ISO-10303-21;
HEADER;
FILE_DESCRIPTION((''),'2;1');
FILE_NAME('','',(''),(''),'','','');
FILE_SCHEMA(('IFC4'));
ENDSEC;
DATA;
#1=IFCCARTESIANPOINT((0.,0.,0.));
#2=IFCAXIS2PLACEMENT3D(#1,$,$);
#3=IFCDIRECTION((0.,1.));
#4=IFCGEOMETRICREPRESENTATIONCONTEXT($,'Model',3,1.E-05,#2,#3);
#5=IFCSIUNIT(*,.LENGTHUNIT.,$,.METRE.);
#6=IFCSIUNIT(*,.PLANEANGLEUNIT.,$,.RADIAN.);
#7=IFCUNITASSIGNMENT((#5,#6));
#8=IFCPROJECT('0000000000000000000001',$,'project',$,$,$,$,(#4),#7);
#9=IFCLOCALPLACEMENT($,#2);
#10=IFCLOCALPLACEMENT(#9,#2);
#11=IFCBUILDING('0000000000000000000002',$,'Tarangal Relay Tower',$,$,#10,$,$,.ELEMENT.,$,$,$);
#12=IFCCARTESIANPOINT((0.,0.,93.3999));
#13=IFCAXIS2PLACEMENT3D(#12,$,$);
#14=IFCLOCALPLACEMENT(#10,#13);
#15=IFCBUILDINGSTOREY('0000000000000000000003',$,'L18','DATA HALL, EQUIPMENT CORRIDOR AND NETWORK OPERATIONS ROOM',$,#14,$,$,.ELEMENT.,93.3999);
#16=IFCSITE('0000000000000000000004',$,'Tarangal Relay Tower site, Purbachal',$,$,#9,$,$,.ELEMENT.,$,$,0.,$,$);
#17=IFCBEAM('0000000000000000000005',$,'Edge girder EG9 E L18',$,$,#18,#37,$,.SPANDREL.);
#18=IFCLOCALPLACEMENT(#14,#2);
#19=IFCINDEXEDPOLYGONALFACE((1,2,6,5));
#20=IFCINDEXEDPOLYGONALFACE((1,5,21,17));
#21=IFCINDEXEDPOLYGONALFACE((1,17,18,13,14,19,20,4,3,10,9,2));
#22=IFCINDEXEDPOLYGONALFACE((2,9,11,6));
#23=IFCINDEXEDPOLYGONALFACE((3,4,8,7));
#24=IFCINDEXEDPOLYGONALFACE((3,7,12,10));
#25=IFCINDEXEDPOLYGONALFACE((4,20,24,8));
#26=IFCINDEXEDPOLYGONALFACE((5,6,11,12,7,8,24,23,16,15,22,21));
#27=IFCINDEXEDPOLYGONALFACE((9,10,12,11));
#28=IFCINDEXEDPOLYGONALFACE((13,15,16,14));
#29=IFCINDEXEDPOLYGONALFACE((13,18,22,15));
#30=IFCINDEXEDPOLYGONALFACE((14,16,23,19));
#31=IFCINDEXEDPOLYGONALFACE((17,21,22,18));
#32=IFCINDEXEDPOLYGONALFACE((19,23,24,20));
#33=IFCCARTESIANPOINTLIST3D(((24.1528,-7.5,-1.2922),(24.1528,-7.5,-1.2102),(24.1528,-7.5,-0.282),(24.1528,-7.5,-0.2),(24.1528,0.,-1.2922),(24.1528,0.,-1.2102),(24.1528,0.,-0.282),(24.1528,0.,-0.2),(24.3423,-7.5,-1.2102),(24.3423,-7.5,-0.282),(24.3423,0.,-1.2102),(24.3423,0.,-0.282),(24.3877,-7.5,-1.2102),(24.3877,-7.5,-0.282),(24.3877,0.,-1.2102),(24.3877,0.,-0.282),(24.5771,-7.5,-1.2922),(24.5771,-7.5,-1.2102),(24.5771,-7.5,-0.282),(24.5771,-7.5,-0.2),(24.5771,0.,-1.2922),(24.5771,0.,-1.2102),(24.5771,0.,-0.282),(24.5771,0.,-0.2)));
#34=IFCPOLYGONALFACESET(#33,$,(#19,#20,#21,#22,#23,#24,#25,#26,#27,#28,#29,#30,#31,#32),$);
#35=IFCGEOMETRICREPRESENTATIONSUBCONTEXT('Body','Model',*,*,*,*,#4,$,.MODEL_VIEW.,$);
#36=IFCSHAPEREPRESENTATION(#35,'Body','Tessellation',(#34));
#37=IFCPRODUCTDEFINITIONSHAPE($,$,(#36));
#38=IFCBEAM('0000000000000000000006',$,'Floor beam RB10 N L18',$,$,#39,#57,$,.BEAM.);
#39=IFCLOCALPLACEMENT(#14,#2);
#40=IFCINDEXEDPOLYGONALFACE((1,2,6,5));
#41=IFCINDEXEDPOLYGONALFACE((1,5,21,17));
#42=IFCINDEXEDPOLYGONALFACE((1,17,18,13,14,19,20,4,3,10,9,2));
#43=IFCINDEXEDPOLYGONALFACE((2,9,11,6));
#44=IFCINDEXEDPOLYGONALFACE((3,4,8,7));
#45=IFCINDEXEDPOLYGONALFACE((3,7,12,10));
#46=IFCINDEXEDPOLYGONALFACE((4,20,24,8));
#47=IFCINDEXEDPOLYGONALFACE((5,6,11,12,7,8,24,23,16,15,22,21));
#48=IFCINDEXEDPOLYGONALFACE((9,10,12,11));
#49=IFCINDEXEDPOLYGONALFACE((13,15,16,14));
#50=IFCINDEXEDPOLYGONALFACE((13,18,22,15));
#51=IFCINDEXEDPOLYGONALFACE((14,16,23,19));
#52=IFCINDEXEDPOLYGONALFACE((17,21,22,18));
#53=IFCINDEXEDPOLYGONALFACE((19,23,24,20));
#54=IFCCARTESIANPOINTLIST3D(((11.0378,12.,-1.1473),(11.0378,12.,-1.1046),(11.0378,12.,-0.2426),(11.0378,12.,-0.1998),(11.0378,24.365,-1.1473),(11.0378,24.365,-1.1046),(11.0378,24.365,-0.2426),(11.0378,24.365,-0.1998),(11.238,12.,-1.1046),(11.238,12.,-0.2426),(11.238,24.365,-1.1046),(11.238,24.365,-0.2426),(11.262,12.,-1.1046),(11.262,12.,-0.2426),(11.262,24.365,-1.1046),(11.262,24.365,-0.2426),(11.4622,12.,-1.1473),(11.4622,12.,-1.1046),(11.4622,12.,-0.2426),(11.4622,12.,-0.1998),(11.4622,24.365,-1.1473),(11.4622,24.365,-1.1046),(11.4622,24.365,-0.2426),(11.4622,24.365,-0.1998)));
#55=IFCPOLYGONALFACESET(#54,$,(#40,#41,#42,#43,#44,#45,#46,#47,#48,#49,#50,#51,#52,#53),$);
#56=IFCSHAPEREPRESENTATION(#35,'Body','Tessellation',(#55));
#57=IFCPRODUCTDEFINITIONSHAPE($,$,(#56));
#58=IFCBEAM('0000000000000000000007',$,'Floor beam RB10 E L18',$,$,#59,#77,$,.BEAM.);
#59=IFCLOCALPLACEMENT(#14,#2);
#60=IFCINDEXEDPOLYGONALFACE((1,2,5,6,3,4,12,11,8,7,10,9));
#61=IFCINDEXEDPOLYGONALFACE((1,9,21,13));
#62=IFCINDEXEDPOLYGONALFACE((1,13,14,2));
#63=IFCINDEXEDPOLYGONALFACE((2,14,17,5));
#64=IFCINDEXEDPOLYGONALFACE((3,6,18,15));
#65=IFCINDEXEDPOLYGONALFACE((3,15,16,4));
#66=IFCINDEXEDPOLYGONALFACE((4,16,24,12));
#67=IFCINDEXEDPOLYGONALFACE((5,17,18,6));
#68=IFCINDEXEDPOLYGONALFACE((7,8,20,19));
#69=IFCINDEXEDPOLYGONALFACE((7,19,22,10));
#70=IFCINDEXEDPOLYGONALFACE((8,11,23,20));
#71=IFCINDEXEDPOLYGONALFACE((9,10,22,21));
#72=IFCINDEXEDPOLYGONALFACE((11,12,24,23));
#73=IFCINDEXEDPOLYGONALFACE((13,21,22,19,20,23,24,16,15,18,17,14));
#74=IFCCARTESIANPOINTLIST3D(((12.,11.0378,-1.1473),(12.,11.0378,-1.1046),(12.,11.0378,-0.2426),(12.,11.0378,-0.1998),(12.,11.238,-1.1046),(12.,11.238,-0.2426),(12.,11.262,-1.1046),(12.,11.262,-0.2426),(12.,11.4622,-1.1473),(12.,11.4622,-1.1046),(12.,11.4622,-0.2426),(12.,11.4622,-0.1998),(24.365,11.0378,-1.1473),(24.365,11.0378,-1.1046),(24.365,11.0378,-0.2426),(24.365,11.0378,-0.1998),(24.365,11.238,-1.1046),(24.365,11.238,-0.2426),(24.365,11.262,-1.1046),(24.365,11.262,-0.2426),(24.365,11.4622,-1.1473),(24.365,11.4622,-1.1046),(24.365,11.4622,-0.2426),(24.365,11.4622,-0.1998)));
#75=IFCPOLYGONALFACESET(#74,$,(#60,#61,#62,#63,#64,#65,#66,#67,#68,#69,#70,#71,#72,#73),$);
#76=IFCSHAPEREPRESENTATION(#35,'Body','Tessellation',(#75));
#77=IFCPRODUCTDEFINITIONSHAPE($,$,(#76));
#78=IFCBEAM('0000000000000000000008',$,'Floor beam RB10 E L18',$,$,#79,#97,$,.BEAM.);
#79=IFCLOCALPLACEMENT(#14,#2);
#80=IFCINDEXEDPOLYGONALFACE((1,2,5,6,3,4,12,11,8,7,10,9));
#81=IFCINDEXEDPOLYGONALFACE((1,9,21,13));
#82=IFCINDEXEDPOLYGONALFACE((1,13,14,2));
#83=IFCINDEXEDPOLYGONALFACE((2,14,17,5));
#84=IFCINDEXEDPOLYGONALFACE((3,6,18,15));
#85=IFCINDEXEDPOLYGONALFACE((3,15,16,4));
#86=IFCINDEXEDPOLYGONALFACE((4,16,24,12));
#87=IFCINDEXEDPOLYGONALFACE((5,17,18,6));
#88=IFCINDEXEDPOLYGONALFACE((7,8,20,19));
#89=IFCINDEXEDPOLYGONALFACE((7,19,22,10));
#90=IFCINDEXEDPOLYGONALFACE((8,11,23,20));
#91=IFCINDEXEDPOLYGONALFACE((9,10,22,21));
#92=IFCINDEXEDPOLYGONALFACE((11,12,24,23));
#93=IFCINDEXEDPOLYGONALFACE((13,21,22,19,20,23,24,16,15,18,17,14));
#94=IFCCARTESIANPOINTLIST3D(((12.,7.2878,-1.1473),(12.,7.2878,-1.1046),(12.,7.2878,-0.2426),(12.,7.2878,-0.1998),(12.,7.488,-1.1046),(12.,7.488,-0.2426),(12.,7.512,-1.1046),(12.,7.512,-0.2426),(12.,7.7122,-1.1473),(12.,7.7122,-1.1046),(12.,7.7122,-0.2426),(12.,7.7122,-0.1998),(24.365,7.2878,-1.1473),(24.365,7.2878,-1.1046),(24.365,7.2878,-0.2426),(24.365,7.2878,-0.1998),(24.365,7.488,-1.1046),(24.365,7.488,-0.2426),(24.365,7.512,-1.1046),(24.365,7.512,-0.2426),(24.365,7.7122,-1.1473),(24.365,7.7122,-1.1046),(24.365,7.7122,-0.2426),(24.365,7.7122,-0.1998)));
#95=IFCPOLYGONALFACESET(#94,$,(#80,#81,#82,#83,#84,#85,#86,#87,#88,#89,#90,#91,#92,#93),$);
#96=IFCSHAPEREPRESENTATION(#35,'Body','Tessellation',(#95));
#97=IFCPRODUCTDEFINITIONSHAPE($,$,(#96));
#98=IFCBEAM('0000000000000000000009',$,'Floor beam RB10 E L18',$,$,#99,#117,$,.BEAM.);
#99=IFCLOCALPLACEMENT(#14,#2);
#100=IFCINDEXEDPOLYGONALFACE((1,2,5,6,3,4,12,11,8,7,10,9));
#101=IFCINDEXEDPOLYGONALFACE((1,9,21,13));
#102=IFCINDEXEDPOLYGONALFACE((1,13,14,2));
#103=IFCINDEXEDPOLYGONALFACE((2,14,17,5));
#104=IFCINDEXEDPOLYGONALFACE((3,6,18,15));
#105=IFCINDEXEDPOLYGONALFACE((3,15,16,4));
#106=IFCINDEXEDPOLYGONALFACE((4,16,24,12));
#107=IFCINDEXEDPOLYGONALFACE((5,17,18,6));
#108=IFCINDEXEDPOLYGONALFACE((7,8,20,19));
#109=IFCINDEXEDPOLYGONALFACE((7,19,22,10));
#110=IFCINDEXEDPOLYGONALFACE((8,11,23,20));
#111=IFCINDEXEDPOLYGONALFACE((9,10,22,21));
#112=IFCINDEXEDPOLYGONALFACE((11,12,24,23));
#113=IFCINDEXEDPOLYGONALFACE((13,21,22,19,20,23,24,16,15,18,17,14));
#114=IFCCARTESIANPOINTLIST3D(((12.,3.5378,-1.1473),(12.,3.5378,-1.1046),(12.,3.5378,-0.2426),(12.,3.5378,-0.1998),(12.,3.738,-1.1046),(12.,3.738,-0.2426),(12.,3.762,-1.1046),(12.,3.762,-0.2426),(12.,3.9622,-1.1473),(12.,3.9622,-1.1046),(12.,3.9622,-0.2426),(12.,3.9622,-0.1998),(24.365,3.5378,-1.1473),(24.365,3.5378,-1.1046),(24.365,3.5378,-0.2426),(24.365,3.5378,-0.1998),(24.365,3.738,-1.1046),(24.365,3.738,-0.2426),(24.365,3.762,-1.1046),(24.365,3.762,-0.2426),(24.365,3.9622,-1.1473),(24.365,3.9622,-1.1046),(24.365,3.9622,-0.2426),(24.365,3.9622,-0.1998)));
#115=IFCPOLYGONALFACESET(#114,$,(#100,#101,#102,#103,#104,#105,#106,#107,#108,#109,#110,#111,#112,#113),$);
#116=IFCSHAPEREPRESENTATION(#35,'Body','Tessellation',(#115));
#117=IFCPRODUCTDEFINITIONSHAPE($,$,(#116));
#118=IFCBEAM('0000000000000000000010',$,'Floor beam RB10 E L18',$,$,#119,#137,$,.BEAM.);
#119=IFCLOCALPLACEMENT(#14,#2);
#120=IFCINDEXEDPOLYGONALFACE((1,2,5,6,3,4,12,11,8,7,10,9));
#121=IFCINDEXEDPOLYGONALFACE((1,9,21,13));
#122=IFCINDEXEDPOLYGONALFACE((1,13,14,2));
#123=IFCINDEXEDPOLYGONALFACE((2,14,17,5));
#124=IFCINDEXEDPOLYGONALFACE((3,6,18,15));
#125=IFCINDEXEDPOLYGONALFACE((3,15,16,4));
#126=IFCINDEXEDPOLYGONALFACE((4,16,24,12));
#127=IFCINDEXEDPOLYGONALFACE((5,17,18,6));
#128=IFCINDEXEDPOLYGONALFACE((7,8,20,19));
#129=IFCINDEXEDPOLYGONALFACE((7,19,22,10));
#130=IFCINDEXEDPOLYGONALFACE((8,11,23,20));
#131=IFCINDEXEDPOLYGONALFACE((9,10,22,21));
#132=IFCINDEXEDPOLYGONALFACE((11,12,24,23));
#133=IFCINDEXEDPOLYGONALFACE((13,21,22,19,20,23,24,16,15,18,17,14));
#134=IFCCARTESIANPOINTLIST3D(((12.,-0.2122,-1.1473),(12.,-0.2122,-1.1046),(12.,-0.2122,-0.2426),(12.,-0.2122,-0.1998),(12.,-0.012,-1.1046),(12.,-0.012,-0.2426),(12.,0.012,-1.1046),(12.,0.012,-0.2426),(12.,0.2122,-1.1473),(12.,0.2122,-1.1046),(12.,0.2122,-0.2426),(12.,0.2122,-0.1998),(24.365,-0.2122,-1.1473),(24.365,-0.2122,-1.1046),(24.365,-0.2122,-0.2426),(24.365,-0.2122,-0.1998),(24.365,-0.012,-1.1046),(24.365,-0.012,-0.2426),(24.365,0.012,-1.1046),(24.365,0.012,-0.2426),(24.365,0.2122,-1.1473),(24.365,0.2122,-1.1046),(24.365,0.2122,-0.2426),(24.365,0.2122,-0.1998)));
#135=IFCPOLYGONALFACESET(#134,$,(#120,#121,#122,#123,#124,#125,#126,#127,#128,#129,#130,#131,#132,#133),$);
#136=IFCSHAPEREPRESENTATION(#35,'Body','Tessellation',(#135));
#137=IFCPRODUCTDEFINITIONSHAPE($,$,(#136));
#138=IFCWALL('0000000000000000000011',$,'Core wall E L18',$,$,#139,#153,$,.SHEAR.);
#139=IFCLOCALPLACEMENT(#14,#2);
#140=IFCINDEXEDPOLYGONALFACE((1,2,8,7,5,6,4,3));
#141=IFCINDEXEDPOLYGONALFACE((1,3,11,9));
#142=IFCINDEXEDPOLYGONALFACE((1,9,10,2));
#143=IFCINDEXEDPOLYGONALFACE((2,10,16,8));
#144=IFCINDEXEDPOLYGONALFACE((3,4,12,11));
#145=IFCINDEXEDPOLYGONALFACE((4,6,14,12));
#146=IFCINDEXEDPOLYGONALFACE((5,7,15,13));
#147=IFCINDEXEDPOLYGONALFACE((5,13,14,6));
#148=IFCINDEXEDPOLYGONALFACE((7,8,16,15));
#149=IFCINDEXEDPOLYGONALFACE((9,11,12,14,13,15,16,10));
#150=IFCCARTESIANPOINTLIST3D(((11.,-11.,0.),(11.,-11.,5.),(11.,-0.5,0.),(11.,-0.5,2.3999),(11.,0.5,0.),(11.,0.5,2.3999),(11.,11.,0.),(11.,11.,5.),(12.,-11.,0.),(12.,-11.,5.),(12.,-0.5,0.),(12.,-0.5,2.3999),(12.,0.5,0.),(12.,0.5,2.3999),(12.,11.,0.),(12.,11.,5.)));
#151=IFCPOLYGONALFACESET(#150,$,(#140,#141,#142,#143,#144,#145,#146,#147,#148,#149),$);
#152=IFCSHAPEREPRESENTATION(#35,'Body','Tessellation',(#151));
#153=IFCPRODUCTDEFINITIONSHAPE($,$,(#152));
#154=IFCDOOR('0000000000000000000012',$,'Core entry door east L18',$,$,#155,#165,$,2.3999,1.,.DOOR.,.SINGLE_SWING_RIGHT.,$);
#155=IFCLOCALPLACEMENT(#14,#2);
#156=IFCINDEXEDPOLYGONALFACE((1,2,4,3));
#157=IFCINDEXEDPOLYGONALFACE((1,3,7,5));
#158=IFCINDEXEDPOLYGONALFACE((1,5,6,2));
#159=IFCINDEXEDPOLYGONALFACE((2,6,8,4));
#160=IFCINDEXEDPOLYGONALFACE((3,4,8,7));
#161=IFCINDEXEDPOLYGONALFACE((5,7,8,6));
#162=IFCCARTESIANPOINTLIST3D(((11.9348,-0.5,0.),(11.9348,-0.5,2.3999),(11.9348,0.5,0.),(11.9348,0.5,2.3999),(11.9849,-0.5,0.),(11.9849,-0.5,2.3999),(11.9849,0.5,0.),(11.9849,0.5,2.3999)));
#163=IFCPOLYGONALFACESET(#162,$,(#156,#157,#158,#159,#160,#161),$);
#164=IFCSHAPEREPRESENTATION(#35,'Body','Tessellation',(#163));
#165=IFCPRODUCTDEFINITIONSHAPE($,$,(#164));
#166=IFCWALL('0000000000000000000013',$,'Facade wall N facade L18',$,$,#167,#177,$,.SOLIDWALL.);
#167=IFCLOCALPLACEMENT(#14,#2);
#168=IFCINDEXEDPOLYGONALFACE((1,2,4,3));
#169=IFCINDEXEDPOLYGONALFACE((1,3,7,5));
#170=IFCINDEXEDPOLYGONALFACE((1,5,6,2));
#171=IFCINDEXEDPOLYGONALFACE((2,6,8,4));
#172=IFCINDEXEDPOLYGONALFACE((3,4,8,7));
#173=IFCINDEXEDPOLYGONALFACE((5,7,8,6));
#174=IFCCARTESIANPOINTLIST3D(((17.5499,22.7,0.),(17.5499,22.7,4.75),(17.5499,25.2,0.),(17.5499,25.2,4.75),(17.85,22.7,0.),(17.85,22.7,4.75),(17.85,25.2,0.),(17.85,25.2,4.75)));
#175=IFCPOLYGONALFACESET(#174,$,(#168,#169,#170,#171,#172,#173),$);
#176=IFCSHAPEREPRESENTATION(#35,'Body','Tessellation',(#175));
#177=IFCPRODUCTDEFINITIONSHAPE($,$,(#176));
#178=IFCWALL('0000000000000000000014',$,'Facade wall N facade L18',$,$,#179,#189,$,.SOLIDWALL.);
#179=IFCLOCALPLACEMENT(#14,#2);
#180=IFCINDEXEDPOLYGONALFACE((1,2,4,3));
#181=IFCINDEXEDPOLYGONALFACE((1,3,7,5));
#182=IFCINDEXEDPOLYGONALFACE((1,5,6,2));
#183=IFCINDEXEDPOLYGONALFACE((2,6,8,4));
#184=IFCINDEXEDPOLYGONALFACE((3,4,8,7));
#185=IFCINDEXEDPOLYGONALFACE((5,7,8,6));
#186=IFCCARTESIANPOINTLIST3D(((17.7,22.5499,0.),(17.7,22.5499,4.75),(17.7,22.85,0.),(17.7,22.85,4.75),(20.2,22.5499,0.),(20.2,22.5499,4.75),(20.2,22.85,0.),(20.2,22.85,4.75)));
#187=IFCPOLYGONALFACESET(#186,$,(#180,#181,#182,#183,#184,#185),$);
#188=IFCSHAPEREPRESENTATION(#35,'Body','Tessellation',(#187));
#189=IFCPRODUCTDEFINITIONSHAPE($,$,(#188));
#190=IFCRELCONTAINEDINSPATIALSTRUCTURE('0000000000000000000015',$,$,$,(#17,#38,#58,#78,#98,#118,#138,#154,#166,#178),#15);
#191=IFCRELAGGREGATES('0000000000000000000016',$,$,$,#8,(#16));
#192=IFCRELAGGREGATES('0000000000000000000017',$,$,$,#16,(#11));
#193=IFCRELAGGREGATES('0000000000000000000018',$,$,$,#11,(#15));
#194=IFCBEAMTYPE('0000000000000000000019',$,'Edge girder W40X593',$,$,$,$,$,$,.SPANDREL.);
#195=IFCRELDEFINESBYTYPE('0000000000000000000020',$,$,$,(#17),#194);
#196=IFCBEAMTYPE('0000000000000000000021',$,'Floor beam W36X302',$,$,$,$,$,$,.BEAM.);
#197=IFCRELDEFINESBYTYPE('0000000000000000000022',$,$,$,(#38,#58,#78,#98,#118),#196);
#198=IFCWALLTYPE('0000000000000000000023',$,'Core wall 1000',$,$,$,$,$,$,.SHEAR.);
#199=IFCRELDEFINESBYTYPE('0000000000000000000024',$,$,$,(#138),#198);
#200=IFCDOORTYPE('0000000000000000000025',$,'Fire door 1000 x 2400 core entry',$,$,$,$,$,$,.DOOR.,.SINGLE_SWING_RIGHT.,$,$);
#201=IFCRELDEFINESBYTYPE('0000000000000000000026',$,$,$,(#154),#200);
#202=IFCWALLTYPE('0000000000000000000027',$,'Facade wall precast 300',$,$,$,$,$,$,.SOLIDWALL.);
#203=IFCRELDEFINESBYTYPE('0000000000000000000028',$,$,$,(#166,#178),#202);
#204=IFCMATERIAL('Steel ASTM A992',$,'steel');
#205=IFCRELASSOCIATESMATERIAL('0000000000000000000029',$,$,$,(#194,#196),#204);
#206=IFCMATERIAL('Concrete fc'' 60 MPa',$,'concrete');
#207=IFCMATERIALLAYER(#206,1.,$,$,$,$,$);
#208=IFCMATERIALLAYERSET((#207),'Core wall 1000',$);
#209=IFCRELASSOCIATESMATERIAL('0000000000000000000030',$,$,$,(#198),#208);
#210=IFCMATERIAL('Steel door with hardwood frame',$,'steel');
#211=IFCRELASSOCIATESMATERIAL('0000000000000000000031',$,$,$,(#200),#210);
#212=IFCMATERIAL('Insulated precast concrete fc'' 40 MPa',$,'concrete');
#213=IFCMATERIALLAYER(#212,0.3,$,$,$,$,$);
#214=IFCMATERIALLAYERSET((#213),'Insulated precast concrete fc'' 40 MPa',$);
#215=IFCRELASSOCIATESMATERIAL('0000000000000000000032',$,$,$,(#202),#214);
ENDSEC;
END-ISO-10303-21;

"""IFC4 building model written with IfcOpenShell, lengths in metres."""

from ifc_helpers import new_model, si_unit, direction, frame, frame_2d, origin, origin_2d, place, context, subcontext, project, spatial, rectangle, i_section, extrude, material, layer, layer_set, material_profile, profile_set, type_object, element, fill, save


model = new_model("IFC4")

# Units and contexts
model_context = context("Model", 3, precision=1e-05, world=origin(), true_north=direction((0.0, 1.0)))
body_context = subcontext(model_context, "Body", "Model", "MODEL_VIEW")
ifc_project = project(units=[si_unit("LENGTHUNIT", "METRE"), si_unit("PLANEANGLEUNIT", "RADIAN")], contexts=[model_context])

# Site, building, storey
site_placement = place(None, origin())
site = spatial("IfcSite", under=ifc_project, at=site_placement, Name="Tarangal Relay Tower site, Purbachal", CompositionType="ELEMENT", RefElevation=0.0)
building_placement = place(site_placement, origin())
building = spatial("IfcBuilding", under=site, at=building_placement, Name="Tarangal Relay Tower", CompositionType="ELEMENT")
storey_placement = place(building_placement, frame((0.0, 0.0, 93.3999)))
storey = spatial("IfcBuildingStorey", under=building, at=storey_placement, Name="L18", Description="DATA HALL, EQUIPMENT CORRIDOR AND NETWORK OPERATIONS ROOM", CompositionType="ELEMENT", Elevation=93.3999)

# Beams
ifc_material_1 = material(Name="Steel ASTM A992", Category="steel")
ifc_material_profile_1 = material_profile(ifc_material_1, i_section(OverallWidth=0.4243, OverallDepth=1.0923, WebThickness=0.0454, FlangeThickness=0.082, at=origin_2d()), Name="W40X593")
ifc_profile_set_1 = profile_set([ifc_material_profile_1], Name="Steel ASTM A992")
beam_type_1 = type_object("IfcBeamType", Name="Edge girder W40X593", PredefinedType="SPANDREL", material=ifc_profile_set_1)
for number, where, z_axis, x_axis, name in (
    (1, (24.365, 0.0, -0.7461), (0.0, -1.0, 0.0), (1.0, 0.0, 0.0), "Edge girder EG9 E L18"),
):
    element("IfcBeam", number, at=place(storey_placement, frame(where, z_axis=z_axis, x_axis=x_axis)), inside=storey, type_object=beam_type_1, Name=name, PredefinedType="SPANDREL", context=body_context, shape_type="SweptSolid", body=[
        extrude(i_section(OverallWidth=0.4243, OverallDepth=1.0923, WebThickness=0.0454, FlangeThickness=0.082, at=origin_2d()), origin(), (0.0, 0.0, 1.0), 7.5),
    ])
ifc_material_profile_2 = material_profile(ifc_material_1, i_section(OverallWidth=0.4243, OverallDepth=0.9475, WebThickness=0.0239, FlangeThickness=0.0427, at=origin_2d()), Name="W36X302")
ifc_profile_set_2 = profile_set([ifc_material_profile_2], Name="Steel ASTM A992")
beam_type_2 = type_object("IfcBeamType", Name="Floor beam W36X302", PredefinedType="BEAM", material=ifc_profile_set_2)
for number, where, z_axis, x_axis, name in (
    (2, (11.25, 12.0, -0.6736), (0.0, 1.0, 0.0), (-1.0, 0.0, 0.0), "Floor beam RB10 N L18"),
    (3, (12.0, 11.25, -0.6736), (1.0, 0.0, 0.0), (0.0, 1.0, 0.0), "Floor beam RB10 E L18"),
    (4, (12.0, 7.5, -0.6736), (1.0, 0.0, 0.0), (0.0, 1.0, 0.0), "Floor beam RB10 E L18"),
    (5, (12.0, 3.75, -0.6736), (1.0, 0.0, 0.0), (0.0, 1.0, 0.0), "Floor beam RB10 E L18"),
    (6, (12.0, 0.0, -0.6736), (1.0, 0.0, 0.0), (0.0, 1.0, 0.0), "Floor beam RB10 E L18"),
):
    element("IfcBeam", number, at=place(storey_placement, frame(where, z_axis=z_axis, x_axis=x_axis)), inside=storey, type_object=beam_type_2, Name=name, PredefinedType="BEAM", context=body_context, shape_type="SweptSolid", body=[
        extrude(i_section(OverallWidth=0.4243, OverallDepth=0.9475, WebThickness=0.0239, FlangeThickness=0.0427, at=origin_2d()), origin(), (0.0, 0.0, 1.0), 12.365),
    ])

# Wall, opening, door
ifc_material_2 = material(Name="Concrete fc' 60 MPa", Category="concrete")
ifc_layer_1 = layer(ifc_material_2, 1.0)
ifc_layer_set_1 = layer_set([ifc_layer_1], Name="Core wall 1000")
wall_type_1 = type_object("IfcWallType", Name="Core wall 1000", PredefinedType="SHEAR", material=ifc_layer_set_1)
wall_1_placement = place(storey_placement, frame((11.5, 11.0, 0.0), z_axis=(0.0, 0.0, 1.0), x_axis=(0.0, -1.0, 0.0)))
wall_1 = element("IfcWall", 7, at=wall_1_placement, inside=storey, type_object=wall_type_1, Name="Core wall E L18", PredefinedType="SHEAR", context=body_context, shape_type="SweptSolid", body=[
    extrude(rectangle(XDim=22.0, YDim=1.0, at=frame_2d((11.0, 0.0))), origin(), (0.0, 0.0, 1.0), 5.0),
])
opening_1_placement = place(wall_1_placement, frame((10.5, 0.0, 0.0)))
opening_1 = element("IfcOpeningElement", 8, at=opening_1_placement, cuts=wall_1, PredefinedType="OPENING", context=body_context, shape_type="SweptSolid", body=[
    extrude(rectangle(XDim=1.0, YDim=2.3999, at=frame_2d((0.5, 1.2))), frame((0.0, 0.51, 0.0), z_axis=(0.0, -1.0, 0.0), x_axis=(1.0, 0.0, 0.0)), (0.0, 0.0, 1.0), 1.02),
])
ifc_material_3 = material(Name="Steel door with hardwood frame", Category="steel")
door_type_1 = type_object("IfcDoorType", Name="Fire door 1000 x 2400 core entry", OperationType="SINGLE_SWING_RIGHT", PredefinedType="DOOR", material=ifc_material_3)
door_1_placement = place(opening_1_placement, origin())
door_1 = element("IfcDoor", 9, at=door_1_placement, inside=storey, type_object=door_type_1, Name="Core entry door east L18", OperationType="SINGLE_SWING_RIGHT", OverallHeight=2.3999, OverallWidth=1.0, PredefinedType="DOOR", context=body_context, shape_type="SweptSolid", body=[
    extrude(rectangle(XDim=1.0, YDim=2.3999, at=frame_2d((0.5, 1.2))), frame((0.0, 0.4849, 0.0), z_axis=(0.0, -1.0, 0.0), x_axis=(1.0, 0.0, 0.0)), (0.0, 0.0, 1.0), 0.05),
])
fill(opening_1, door_1)

# Walls
ifc_material_4 = material(Name="Insulated precast concrete fc' 40 MPa", Category="concrete")
ifc_layer_2 = layer(ifc_material_4, 0.3)
ifc_layer_set_2 = layer_set([ifc_layer_2], Name="Insulated precast concrete fc' 40 MPa")
wall_type_2 = type_object("IfcWallType", Name="Facade wall precast 300", PredefinedType="SOLIDWALL", material=ifc_layer_set_2)
for number, where, z_axis, x_axis, name in (
    (10, (17.7, 25.2, 0.0), (0.0, 0.0, 1.0), (0.0, -1.0, 0.0), "Facade wall N facade L18"),
    (11, (17.7, 22.7, 0.0), (0.0, 0.0, 1.0), (1.0, 0.0, 0.0), "Facade wall N facade L18"),
):
    element("IfcWall", number, at=place(storey_placement, frame(where, z_axis=z_axis, x_axis=x_axis)), inside=storey, type_object=wall_type_2, Name=name, PredefinedType="SOLIDWALL", context=body_context, shape_type="SweptSolid", body=[
        extrude(rectangle(XDim=2.5, YDim=0.3, at=frame_2d((1.25, 0.0))), origin(), (0.0, 0.0, 1.0), 4.75),
    ])

save(model, "model.ifc")
